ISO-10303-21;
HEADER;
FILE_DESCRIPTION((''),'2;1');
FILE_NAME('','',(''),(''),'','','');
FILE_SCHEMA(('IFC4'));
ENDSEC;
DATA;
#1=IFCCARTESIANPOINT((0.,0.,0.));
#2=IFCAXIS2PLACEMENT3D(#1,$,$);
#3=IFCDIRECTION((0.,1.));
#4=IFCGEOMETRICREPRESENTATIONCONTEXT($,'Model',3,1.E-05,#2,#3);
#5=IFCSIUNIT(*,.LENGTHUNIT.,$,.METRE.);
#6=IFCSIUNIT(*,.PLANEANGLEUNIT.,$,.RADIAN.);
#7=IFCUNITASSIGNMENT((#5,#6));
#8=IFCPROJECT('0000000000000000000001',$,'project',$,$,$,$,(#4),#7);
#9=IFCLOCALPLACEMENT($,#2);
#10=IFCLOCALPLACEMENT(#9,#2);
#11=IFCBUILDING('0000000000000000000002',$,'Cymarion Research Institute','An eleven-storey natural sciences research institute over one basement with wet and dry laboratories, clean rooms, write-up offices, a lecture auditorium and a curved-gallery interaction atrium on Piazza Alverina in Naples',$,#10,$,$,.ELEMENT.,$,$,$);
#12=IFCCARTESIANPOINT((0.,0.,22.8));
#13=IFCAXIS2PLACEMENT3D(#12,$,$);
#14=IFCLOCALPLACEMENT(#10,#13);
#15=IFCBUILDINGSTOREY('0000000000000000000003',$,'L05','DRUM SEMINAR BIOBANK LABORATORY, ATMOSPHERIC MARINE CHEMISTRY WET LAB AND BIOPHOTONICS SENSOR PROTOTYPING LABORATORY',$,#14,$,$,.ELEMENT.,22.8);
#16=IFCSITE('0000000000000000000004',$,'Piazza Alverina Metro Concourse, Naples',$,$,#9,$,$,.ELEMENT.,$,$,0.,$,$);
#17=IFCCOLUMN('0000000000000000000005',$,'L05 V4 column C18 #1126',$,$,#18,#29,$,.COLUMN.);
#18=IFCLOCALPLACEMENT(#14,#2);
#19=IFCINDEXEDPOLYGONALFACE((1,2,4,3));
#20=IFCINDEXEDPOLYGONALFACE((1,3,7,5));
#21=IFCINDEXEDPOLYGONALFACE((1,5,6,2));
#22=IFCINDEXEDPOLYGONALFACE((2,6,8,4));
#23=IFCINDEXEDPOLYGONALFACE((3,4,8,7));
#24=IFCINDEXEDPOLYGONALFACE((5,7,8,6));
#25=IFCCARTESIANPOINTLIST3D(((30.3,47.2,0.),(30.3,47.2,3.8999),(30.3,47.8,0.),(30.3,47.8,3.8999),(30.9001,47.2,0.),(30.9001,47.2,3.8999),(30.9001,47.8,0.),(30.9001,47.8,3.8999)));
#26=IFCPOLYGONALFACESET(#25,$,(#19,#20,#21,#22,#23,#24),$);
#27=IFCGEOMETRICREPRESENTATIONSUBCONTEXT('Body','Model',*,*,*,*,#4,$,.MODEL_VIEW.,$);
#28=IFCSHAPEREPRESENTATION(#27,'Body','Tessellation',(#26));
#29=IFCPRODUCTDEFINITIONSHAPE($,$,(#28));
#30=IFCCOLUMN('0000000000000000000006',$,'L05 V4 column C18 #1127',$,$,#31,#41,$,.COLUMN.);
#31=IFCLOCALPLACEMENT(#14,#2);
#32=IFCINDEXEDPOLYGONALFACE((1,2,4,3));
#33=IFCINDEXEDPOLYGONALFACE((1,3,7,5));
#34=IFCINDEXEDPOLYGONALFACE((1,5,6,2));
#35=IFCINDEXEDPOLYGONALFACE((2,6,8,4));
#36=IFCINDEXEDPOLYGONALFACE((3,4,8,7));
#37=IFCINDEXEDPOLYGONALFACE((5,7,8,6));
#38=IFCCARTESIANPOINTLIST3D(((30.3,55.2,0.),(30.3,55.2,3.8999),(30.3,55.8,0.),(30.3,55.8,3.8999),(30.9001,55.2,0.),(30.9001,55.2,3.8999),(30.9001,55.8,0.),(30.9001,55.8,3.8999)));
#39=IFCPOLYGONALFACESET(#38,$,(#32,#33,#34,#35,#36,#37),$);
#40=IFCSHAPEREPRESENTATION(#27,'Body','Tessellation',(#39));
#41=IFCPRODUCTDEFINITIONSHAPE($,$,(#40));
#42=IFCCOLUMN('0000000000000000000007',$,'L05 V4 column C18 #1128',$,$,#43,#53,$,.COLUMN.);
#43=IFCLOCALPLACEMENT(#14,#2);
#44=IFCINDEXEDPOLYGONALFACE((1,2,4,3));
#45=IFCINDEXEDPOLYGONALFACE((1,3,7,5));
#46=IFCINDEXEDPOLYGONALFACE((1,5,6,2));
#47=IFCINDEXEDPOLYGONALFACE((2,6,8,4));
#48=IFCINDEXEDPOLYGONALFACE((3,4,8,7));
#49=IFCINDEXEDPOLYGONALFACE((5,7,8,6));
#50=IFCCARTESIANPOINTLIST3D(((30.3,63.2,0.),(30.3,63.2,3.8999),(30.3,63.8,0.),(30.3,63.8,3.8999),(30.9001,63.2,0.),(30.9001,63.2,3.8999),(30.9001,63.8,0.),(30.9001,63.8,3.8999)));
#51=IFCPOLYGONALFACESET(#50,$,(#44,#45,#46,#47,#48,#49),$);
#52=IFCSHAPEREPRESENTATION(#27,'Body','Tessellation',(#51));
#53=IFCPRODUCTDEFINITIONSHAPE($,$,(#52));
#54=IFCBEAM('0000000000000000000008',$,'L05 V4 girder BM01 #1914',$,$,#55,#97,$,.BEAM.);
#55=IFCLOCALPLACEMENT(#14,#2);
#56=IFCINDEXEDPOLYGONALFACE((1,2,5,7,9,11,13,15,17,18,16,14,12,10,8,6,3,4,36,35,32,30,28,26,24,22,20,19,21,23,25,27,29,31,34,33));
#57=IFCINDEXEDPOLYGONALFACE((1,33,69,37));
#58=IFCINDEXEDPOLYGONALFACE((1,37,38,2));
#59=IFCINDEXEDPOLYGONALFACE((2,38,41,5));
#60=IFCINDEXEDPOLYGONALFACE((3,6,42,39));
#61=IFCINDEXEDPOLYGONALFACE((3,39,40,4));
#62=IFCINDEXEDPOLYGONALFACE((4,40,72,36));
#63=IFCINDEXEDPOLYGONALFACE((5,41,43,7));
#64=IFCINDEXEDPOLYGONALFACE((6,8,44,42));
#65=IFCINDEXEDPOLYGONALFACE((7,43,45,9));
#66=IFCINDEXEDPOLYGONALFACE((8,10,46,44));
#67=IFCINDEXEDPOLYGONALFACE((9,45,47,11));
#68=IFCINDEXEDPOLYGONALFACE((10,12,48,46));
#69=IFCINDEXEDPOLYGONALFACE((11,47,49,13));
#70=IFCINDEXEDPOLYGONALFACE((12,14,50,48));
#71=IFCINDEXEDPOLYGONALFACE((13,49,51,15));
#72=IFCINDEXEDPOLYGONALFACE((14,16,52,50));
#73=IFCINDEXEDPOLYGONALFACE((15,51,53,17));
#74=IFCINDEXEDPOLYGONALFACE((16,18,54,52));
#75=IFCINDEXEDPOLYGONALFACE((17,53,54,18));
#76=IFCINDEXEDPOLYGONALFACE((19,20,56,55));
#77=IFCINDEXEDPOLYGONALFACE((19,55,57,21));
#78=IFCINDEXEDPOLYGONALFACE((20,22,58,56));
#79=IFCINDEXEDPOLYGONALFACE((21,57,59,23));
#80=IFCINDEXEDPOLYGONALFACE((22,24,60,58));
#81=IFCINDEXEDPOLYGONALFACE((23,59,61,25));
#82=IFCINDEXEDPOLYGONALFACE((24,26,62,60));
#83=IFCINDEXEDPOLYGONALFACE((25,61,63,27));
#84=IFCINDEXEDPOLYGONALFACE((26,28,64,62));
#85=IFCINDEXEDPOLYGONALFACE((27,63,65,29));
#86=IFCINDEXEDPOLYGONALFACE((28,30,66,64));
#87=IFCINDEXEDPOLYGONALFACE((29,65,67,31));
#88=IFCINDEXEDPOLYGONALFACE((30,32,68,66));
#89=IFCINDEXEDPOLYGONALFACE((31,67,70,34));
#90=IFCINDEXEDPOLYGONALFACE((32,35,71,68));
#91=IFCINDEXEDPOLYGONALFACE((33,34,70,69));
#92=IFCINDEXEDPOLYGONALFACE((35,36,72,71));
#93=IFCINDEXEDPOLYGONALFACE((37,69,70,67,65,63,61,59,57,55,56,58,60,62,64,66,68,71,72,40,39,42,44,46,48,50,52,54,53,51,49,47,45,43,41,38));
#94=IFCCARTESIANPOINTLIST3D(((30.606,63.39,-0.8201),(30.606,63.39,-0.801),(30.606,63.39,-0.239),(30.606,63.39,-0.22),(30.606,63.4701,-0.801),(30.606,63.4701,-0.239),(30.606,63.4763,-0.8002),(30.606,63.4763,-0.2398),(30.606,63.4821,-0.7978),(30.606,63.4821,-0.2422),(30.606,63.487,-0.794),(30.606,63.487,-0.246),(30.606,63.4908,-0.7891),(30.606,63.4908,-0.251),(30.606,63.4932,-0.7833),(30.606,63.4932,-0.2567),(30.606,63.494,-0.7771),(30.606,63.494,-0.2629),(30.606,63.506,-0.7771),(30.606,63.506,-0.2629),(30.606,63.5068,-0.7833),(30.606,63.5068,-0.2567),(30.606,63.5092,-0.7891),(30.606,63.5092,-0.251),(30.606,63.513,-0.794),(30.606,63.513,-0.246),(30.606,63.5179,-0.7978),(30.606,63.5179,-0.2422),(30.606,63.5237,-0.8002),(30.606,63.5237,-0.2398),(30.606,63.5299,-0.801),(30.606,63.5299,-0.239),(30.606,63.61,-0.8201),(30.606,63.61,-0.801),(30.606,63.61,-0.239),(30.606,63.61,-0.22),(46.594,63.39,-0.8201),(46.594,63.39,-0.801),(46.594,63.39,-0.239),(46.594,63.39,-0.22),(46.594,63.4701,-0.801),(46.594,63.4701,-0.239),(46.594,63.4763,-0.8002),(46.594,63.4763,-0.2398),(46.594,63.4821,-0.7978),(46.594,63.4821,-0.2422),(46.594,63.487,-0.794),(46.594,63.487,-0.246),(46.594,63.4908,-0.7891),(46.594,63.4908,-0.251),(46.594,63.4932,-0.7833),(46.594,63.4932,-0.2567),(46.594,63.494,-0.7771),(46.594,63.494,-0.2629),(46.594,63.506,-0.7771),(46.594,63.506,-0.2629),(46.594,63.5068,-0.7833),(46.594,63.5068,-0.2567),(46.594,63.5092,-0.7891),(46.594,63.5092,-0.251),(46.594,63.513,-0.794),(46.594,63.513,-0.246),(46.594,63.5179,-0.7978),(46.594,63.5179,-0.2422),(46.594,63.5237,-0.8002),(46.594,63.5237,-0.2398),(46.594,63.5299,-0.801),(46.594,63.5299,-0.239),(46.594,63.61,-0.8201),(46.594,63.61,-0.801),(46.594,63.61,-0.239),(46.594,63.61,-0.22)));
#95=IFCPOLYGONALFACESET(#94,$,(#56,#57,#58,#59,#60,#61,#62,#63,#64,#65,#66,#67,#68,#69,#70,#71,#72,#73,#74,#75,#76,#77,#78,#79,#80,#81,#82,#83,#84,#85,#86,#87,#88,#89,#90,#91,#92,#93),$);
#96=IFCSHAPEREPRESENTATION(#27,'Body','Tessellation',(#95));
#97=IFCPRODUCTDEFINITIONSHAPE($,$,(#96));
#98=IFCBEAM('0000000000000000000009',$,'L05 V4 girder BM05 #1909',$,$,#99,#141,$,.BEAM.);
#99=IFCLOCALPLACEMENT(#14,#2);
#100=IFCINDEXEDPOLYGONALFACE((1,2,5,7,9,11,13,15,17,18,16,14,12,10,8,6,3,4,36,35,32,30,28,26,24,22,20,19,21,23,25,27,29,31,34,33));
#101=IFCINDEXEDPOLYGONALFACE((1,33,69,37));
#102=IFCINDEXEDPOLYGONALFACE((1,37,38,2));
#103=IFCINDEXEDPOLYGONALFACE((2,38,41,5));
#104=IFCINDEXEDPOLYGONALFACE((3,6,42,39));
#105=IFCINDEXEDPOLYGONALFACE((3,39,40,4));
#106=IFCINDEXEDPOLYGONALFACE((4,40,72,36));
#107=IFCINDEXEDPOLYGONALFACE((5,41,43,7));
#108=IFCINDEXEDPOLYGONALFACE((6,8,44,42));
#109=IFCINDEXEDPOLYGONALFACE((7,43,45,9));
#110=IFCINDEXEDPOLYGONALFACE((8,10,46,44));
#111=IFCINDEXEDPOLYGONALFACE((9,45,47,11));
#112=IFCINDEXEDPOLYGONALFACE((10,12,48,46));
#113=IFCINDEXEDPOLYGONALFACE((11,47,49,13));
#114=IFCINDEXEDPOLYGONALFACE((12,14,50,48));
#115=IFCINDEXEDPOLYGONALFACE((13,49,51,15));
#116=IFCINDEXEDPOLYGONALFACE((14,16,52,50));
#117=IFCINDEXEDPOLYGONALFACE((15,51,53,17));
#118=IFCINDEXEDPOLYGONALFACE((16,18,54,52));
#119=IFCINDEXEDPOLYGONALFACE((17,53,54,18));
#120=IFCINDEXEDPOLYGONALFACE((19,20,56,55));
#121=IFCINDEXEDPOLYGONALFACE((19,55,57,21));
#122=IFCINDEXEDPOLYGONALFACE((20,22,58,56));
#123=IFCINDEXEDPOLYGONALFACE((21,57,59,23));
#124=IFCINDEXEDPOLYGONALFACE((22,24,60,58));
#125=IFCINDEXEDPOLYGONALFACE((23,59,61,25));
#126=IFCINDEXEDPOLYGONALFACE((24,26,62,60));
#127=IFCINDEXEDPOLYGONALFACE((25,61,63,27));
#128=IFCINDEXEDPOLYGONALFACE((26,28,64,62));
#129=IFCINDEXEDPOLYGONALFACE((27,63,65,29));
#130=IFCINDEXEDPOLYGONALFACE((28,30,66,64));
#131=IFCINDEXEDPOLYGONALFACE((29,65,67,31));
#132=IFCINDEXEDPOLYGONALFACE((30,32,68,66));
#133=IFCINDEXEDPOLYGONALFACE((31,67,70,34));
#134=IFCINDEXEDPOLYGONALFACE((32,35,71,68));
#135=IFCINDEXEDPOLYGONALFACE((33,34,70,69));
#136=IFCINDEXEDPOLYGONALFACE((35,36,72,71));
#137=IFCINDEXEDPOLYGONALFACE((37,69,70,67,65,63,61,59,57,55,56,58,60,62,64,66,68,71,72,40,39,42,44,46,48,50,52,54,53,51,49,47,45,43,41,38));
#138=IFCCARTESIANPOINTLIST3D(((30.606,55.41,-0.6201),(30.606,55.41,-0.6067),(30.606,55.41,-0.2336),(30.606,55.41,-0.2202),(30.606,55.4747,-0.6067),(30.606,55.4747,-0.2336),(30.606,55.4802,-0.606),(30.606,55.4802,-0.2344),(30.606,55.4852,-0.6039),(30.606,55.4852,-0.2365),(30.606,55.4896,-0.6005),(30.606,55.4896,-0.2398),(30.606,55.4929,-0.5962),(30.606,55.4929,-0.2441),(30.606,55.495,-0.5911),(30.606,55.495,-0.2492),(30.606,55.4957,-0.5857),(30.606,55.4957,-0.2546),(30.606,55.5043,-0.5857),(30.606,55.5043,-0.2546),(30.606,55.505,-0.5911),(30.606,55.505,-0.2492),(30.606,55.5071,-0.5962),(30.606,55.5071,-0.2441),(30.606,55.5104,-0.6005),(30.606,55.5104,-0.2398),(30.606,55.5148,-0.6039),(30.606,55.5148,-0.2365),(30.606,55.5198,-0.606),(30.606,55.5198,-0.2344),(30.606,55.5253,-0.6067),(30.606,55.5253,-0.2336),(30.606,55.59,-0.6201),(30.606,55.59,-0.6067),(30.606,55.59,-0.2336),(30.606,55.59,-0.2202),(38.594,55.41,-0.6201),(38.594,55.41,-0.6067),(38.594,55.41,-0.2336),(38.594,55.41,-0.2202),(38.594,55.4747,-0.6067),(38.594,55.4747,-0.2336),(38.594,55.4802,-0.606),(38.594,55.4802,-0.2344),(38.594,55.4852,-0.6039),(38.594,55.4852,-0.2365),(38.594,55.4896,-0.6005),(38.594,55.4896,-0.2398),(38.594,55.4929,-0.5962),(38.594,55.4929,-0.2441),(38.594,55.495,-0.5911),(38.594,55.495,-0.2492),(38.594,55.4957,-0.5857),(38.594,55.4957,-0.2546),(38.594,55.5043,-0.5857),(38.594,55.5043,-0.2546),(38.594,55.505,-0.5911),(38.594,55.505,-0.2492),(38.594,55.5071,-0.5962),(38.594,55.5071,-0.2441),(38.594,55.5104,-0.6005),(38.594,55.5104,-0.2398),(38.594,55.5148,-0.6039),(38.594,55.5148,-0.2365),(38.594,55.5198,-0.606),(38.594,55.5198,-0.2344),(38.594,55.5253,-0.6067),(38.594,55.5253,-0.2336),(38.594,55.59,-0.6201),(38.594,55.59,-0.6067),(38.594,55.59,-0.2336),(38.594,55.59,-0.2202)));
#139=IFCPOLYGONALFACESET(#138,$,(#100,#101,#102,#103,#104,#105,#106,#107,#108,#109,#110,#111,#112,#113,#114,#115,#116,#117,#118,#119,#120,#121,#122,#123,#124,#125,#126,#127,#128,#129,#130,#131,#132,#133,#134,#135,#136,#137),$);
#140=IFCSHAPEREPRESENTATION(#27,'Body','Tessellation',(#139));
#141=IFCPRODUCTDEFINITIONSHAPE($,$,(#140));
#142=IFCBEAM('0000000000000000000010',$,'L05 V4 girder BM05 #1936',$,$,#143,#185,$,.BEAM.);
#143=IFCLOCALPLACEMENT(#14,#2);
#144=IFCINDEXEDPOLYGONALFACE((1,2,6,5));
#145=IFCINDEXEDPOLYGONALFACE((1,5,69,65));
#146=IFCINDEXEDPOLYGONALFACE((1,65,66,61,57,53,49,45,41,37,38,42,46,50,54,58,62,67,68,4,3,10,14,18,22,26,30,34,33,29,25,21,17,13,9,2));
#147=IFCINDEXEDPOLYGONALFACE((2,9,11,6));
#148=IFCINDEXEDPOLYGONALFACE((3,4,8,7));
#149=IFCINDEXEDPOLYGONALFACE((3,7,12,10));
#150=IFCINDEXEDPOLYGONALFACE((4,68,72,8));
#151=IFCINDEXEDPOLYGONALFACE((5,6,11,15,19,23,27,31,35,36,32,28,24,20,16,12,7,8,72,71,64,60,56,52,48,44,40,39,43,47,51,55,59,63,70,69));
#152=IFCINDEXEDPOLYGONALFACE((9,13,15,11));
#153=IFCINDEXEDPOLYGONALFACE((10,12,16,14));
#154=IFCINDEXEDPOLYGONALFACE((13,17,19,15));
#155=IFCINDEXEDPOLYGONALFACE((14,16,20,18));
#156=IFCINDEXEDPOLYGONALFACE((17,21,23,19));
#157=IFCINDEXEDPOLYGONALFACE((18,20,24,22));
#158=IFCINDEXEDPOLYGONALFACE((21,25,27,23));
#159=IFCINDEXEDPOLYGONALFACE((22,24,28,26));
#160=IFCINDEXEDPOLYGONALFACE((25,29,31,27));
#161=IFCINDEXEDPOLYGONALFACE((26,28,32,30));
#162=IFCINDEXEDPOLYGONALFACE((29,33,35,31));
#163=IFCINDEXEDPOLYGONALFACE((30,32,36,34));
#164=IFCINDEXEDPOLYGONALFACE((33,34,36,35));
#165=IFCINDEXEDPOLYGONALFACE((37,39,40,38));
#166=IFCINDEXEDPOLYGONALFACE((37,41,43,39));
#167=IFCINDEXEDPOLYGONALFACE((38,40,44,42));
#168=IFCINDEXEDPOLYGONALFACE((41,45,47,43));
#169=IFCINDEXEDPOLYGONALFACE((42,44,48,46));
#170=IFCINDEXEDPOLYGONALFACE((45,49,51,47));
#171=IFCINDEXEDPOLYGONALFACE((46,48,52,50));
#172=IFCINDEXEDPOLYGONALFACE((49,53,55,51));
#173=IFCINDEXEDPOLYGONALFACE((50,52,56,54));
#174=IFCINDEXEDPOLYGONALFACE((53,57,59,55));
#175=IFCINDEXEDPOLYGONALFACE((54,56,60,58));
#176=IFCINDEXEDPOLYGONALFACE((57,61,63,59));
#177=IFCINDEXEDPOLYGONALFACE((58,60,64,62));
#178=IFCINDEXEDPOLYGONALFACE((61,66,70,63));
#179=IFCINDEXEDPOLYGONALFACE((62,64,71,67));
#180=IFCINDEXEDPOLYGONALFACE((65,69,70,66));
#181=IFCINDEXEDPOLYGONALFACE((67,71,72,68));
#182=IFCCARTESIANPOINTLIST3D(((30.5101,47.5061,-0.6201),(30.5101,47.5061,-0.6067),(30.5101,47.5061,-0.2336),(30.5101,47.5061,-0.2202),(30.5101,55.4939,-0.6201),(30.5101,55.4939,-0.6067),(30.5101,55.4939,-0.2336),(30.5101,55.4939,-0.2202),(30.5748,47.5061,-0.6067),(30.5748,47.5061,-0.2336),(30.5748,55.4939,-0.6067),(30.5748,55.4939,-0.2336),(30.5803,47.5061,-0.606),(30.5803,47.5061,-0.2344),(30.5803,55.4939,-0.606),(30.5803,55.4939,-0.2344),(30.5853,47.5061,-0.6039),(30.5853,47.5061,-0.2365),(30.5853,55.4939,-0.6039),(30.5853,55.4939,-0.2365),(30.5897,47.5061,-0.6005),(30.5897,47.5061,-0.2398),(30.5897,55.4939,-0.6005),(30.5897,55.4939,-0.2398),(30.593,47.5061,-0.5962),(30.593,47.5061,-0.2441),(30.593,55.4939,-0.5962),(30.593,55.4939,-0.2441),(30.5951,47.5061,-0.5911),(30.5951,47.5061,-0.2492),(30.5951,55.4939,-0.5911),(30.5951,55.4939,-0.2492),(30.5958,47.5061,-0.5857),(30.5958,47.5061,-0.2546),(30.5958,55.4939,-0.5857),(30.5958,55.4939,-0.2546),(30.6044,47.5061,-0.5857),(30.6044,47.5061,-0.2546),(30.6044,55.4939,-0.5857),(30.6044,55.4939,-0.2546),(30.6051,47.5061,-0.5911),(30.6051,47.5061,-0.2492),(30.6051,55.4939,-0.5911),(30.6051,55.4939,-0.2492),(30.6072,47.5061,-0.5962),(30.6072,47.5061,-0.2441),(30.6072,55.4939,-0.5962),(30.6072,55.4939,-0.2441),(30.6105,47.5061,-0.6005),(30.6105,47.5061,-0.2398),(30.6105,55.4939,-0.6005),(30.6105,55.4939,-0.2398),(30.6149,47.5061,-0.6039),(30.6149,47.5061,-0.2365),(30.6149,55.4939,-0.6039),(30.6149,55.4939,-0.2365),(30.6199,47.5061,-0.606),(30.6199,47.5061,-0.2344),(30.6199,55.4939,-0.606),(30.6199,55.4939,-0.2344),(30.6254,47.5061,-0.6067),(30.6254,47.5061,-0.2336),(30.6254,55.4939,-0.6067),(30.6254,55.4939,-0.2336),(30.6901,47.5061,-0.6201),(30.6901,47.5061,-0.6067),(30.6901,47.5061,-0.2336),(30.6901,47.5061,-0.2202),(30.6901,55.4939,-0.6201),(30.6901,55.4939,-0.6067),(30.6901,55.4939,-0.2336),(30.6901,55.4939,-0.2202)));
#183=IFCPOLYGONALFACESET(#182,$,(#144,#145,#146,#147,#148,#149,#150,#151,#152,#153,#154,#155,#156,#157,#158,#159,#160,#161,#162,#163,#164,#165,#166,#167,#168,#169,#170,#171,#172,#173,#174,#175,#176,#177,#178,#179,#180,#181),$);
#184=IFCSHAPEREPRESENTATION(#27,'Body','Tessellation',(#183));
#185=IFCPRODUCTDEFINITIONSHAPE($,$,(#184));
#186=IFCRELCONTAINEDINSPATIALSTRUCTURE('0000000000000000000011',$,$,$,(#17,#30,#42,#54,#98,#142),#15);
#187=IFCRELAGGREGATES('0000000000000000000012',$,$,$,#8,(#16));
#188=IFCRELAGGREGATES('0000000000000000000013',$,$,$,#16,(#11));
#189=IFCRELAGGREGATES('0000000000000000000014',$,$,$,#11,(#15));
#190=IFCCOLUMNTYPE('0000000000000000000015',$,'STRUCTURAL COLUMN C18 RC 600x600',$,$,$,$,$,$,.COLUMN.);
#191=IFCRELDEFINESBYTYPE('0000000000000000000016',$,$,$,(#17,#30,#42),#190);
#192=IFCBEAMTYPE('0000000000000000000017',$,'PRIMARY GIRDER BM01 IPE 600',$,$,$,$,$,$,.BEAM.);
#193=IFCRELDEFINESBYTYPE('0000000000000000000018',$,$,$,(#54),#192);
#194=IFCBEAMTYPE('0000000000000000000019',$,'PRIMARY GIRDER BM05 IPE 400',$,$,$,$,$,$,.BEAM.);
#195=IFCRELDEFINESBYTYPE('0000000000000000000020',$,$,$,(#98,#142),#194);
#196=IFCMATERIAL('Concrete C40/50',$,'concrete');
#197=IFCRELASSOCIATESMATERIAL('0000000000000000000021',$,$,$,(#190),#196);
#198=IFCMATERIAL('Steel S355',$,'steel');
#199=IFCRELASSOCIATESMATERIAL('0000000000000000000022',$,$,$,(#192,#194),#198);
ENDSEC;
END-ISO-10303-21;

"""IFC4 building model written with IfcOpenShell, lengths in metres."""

from ifc_helpers import new_model, si_unit, direction, frame, origin, origin_2d, place, context, subcontext, project, spatial, rectangle, i_section, extrude, material, material_profile, profile_set, type_object, element, save


model = new_model("IFC4")

# Units and contexts
model_context = context("Model", 3, precision=1e-05, world=origin(), true_north=direction((0.0, 1.0)))
body_context = subcontext(model_context, "Body", "Model", "MODEL_VIEW")
ifc_project = project(units=[si_unit("LENGTHUNIT", "METRE"), si_unit("PLANEANGLEUNIT", "RADIAN")], contexts=[model_context])

# Site, building, storey
site_placement = place(None, origin())
site = spatial("IfcSite", under=ifc_project, at=site_placement, Name="Piazza Alverina Metro Concourse, Naples", CompositionType="ELEMENT", RefElevation=0.0)
building_placement = place(site_placement, origin())
building = spatial("IfcBuilding", under=site, at=building_placement, Name="Cymarion Research Institute", Description="An eleven-storey natural sciences research institute over one basement with wet and dry laboratories, clean rooms, write-up offices, a lecture auditorium and a curved-gallery interaction atrium on Piazza Alverina in Naples", CompositionType="ELEMENT")
storey_placement = place(building_placement, frame((0.0, 0.0, 22.8)))
storey = spatial("IfcBuildingStorey", under=building, at=storey_placement, Name="L05", Description="DRUM SEMINAR BIOBANK LABORATORY, ATMOSPHERIC MARINE CHEMISTRY WET LAB AND BIOPHOTONICS SENSOR PROTOTYPING LABORATORY", CompositionType="ELEMENT", Elevation=22.8)

# Columns
ifc_material_1 = material(Name="Concrete C40/50", Category="concrete")
ifc_material_profile_1 = material_profile(ifc_material_1, rectangle(XDim=0.6001, YDim=0.6001, at=origin_2d()), Name="RC 600x600")
ifc_profile_set_1 = profile_set([ifc_material_profile_1], Name="Concrete C40/50")
column_type = type_object("IfcColumnType", Name="STRUCTURAL COLUMN C18 RC 600x600", PredefinedType="COLUMN", material=ifc_profile_set_1)
for number, where, z_axis, x_axis, name in (
    (1, (30.6001, 47.5, 0.0), (0.0, 0.0, 1.0), (1.0, 0.0, 0.0), "L05 V4 column C18 #1126"),
    (2, (30.6001, 55.5, 0.0), (0.0, 0.0, 1.0), (1.0, 0.0, 0.0), "L05 V4 column C18 #1127"),
    (3, (30.6001, 63.5, 0.0), (0.0, 0.0, 1.0), (1.0, 0.0, 0.0), "L05 V4 column C18 #1128"),
):
    element("IfcColumn", number, at=place(storey_placement, frame(where, z_axis=z_axis, x_axis=x_axis)), inside=storey, type_object=column_type, Name=name, PredefinedType="COLUMN", context=body_context, shape_type="SweptSolid", body=[
        extrude(rectangle(XDim=0.6001, YDim=0.6001, at=origin_2d()), origin(), (0.0, 0.0, 1.0), 3.8999),
    ])

# Beams
ifc_material_2 = material(Name="Steel S355", Category="steel")
ifc_material_profile_2 = material_profile(ifc_material_2, i_section(OverallWidth=0.22, OverallDepth=0.6001, WebThickness=0.012, FlangeThickness=0.019, FilletRadius=0.0239, at=origin_2d()), Name="IPE 600")
ifc_profile_set_2 = profile_set([ifc_material_profile_2], Name="Steel S355")
beam_type_1 = type_object("IfcBeamType", Name="PRIMARY GIRDER BM01 IPE 600", PredefinedType="BEAM", material=ifc_profile_set_2)
beam_1_placement = place(storey_placement, frame((30.606, 63.5, -0.52), z_axis=(1.0, 0.0, 0.0), x_axis=(0.0, 1.0, 0.0)))
element("IfcBeam", 4, at=beam_1_placement, inside=storey, type_object=beam_type_1, Name="L05 V4 girder BM01 #1914", PredefinedType="BEAM", context=body_context, shape_type="SweptSolid", body=[
    extrude(i_section(OverallWidth=0.22, OverallDepth=0.6001, WebThickness=0.012, FlangeThickness=0.019, FilletRadius=0.0239, at=origin_2d()), origin(), (0.0, 0.0, 1.0), 15.988),
])
ifc_material_profile_3 = material_profile(ifc_material_2, i_section(OverallWidth=0.1799, OverallDepth=0.3999, WebThickness=0.0085, FlangeThickness=0.0134, FilletRadius=0.021, at=origin_2d()), Name="IPE 400")
ifc_profile_set_3 = profile_set([ifc_material_profile_3], Name="Steel S355")
beam_type_2 = type_object("IfcBeamType", Name="PRIMARY GIRDER BM05 IPE 400", PredefinedType="BEAM", material=ifc_profile_set_3)
beam_2_placement = place(storey_placement, frame((30.606, 55.5, -0.4202), z_axis=(1.0, 0.0, 0.0), x_axis=(0.0, 1.0, 0.0)))
element("IfcBeam", 5, at=beam_2_placement, inside=storey, type_object=beam_type_2, Name="L05 V4 girder BM05 #1909", PredefinedType="BEAM", context=body_context, shape_type="SweptSolid", body=[
    extrude(i_section(OverallWidth=0.1799, OverallDepth=0.3999, WebThickness=0.0085, FlangeThickness=0.0134, FilletRadius=0.021, at=origin_2d()), origin(), (0.0, 0.0, 1.0), 7.988),
])
for number, where, z_axis, x_axis, name in (
    (6, (30.6001, 47.5061, -0.4202), (0.0, 1.0, 0.0), (-1.0, 0.0, 0.0), "L05 V4 girder BM05 #1936"),
):
    element("IfcBeam", number, at=place(storey_placement, frame(where, z_axis=z_axis, x_axis=x_axis)), inside=storey, type_object=beam_type_2, Name=name, PredefinedType="BEAM", context=body_context, shape_type="SweptSolid", body=[
        extrude(i_section(OverallWidth=0.1799, OverallDepth=0.3999, WebThickness=0.0085, FlangeThickness=0.0134, FilletRadius=0.021, at=origin_2d()), origin(), (0.0, 0.0, 1.0), 7.9878),
    ])

save(model, "model.ifc")
